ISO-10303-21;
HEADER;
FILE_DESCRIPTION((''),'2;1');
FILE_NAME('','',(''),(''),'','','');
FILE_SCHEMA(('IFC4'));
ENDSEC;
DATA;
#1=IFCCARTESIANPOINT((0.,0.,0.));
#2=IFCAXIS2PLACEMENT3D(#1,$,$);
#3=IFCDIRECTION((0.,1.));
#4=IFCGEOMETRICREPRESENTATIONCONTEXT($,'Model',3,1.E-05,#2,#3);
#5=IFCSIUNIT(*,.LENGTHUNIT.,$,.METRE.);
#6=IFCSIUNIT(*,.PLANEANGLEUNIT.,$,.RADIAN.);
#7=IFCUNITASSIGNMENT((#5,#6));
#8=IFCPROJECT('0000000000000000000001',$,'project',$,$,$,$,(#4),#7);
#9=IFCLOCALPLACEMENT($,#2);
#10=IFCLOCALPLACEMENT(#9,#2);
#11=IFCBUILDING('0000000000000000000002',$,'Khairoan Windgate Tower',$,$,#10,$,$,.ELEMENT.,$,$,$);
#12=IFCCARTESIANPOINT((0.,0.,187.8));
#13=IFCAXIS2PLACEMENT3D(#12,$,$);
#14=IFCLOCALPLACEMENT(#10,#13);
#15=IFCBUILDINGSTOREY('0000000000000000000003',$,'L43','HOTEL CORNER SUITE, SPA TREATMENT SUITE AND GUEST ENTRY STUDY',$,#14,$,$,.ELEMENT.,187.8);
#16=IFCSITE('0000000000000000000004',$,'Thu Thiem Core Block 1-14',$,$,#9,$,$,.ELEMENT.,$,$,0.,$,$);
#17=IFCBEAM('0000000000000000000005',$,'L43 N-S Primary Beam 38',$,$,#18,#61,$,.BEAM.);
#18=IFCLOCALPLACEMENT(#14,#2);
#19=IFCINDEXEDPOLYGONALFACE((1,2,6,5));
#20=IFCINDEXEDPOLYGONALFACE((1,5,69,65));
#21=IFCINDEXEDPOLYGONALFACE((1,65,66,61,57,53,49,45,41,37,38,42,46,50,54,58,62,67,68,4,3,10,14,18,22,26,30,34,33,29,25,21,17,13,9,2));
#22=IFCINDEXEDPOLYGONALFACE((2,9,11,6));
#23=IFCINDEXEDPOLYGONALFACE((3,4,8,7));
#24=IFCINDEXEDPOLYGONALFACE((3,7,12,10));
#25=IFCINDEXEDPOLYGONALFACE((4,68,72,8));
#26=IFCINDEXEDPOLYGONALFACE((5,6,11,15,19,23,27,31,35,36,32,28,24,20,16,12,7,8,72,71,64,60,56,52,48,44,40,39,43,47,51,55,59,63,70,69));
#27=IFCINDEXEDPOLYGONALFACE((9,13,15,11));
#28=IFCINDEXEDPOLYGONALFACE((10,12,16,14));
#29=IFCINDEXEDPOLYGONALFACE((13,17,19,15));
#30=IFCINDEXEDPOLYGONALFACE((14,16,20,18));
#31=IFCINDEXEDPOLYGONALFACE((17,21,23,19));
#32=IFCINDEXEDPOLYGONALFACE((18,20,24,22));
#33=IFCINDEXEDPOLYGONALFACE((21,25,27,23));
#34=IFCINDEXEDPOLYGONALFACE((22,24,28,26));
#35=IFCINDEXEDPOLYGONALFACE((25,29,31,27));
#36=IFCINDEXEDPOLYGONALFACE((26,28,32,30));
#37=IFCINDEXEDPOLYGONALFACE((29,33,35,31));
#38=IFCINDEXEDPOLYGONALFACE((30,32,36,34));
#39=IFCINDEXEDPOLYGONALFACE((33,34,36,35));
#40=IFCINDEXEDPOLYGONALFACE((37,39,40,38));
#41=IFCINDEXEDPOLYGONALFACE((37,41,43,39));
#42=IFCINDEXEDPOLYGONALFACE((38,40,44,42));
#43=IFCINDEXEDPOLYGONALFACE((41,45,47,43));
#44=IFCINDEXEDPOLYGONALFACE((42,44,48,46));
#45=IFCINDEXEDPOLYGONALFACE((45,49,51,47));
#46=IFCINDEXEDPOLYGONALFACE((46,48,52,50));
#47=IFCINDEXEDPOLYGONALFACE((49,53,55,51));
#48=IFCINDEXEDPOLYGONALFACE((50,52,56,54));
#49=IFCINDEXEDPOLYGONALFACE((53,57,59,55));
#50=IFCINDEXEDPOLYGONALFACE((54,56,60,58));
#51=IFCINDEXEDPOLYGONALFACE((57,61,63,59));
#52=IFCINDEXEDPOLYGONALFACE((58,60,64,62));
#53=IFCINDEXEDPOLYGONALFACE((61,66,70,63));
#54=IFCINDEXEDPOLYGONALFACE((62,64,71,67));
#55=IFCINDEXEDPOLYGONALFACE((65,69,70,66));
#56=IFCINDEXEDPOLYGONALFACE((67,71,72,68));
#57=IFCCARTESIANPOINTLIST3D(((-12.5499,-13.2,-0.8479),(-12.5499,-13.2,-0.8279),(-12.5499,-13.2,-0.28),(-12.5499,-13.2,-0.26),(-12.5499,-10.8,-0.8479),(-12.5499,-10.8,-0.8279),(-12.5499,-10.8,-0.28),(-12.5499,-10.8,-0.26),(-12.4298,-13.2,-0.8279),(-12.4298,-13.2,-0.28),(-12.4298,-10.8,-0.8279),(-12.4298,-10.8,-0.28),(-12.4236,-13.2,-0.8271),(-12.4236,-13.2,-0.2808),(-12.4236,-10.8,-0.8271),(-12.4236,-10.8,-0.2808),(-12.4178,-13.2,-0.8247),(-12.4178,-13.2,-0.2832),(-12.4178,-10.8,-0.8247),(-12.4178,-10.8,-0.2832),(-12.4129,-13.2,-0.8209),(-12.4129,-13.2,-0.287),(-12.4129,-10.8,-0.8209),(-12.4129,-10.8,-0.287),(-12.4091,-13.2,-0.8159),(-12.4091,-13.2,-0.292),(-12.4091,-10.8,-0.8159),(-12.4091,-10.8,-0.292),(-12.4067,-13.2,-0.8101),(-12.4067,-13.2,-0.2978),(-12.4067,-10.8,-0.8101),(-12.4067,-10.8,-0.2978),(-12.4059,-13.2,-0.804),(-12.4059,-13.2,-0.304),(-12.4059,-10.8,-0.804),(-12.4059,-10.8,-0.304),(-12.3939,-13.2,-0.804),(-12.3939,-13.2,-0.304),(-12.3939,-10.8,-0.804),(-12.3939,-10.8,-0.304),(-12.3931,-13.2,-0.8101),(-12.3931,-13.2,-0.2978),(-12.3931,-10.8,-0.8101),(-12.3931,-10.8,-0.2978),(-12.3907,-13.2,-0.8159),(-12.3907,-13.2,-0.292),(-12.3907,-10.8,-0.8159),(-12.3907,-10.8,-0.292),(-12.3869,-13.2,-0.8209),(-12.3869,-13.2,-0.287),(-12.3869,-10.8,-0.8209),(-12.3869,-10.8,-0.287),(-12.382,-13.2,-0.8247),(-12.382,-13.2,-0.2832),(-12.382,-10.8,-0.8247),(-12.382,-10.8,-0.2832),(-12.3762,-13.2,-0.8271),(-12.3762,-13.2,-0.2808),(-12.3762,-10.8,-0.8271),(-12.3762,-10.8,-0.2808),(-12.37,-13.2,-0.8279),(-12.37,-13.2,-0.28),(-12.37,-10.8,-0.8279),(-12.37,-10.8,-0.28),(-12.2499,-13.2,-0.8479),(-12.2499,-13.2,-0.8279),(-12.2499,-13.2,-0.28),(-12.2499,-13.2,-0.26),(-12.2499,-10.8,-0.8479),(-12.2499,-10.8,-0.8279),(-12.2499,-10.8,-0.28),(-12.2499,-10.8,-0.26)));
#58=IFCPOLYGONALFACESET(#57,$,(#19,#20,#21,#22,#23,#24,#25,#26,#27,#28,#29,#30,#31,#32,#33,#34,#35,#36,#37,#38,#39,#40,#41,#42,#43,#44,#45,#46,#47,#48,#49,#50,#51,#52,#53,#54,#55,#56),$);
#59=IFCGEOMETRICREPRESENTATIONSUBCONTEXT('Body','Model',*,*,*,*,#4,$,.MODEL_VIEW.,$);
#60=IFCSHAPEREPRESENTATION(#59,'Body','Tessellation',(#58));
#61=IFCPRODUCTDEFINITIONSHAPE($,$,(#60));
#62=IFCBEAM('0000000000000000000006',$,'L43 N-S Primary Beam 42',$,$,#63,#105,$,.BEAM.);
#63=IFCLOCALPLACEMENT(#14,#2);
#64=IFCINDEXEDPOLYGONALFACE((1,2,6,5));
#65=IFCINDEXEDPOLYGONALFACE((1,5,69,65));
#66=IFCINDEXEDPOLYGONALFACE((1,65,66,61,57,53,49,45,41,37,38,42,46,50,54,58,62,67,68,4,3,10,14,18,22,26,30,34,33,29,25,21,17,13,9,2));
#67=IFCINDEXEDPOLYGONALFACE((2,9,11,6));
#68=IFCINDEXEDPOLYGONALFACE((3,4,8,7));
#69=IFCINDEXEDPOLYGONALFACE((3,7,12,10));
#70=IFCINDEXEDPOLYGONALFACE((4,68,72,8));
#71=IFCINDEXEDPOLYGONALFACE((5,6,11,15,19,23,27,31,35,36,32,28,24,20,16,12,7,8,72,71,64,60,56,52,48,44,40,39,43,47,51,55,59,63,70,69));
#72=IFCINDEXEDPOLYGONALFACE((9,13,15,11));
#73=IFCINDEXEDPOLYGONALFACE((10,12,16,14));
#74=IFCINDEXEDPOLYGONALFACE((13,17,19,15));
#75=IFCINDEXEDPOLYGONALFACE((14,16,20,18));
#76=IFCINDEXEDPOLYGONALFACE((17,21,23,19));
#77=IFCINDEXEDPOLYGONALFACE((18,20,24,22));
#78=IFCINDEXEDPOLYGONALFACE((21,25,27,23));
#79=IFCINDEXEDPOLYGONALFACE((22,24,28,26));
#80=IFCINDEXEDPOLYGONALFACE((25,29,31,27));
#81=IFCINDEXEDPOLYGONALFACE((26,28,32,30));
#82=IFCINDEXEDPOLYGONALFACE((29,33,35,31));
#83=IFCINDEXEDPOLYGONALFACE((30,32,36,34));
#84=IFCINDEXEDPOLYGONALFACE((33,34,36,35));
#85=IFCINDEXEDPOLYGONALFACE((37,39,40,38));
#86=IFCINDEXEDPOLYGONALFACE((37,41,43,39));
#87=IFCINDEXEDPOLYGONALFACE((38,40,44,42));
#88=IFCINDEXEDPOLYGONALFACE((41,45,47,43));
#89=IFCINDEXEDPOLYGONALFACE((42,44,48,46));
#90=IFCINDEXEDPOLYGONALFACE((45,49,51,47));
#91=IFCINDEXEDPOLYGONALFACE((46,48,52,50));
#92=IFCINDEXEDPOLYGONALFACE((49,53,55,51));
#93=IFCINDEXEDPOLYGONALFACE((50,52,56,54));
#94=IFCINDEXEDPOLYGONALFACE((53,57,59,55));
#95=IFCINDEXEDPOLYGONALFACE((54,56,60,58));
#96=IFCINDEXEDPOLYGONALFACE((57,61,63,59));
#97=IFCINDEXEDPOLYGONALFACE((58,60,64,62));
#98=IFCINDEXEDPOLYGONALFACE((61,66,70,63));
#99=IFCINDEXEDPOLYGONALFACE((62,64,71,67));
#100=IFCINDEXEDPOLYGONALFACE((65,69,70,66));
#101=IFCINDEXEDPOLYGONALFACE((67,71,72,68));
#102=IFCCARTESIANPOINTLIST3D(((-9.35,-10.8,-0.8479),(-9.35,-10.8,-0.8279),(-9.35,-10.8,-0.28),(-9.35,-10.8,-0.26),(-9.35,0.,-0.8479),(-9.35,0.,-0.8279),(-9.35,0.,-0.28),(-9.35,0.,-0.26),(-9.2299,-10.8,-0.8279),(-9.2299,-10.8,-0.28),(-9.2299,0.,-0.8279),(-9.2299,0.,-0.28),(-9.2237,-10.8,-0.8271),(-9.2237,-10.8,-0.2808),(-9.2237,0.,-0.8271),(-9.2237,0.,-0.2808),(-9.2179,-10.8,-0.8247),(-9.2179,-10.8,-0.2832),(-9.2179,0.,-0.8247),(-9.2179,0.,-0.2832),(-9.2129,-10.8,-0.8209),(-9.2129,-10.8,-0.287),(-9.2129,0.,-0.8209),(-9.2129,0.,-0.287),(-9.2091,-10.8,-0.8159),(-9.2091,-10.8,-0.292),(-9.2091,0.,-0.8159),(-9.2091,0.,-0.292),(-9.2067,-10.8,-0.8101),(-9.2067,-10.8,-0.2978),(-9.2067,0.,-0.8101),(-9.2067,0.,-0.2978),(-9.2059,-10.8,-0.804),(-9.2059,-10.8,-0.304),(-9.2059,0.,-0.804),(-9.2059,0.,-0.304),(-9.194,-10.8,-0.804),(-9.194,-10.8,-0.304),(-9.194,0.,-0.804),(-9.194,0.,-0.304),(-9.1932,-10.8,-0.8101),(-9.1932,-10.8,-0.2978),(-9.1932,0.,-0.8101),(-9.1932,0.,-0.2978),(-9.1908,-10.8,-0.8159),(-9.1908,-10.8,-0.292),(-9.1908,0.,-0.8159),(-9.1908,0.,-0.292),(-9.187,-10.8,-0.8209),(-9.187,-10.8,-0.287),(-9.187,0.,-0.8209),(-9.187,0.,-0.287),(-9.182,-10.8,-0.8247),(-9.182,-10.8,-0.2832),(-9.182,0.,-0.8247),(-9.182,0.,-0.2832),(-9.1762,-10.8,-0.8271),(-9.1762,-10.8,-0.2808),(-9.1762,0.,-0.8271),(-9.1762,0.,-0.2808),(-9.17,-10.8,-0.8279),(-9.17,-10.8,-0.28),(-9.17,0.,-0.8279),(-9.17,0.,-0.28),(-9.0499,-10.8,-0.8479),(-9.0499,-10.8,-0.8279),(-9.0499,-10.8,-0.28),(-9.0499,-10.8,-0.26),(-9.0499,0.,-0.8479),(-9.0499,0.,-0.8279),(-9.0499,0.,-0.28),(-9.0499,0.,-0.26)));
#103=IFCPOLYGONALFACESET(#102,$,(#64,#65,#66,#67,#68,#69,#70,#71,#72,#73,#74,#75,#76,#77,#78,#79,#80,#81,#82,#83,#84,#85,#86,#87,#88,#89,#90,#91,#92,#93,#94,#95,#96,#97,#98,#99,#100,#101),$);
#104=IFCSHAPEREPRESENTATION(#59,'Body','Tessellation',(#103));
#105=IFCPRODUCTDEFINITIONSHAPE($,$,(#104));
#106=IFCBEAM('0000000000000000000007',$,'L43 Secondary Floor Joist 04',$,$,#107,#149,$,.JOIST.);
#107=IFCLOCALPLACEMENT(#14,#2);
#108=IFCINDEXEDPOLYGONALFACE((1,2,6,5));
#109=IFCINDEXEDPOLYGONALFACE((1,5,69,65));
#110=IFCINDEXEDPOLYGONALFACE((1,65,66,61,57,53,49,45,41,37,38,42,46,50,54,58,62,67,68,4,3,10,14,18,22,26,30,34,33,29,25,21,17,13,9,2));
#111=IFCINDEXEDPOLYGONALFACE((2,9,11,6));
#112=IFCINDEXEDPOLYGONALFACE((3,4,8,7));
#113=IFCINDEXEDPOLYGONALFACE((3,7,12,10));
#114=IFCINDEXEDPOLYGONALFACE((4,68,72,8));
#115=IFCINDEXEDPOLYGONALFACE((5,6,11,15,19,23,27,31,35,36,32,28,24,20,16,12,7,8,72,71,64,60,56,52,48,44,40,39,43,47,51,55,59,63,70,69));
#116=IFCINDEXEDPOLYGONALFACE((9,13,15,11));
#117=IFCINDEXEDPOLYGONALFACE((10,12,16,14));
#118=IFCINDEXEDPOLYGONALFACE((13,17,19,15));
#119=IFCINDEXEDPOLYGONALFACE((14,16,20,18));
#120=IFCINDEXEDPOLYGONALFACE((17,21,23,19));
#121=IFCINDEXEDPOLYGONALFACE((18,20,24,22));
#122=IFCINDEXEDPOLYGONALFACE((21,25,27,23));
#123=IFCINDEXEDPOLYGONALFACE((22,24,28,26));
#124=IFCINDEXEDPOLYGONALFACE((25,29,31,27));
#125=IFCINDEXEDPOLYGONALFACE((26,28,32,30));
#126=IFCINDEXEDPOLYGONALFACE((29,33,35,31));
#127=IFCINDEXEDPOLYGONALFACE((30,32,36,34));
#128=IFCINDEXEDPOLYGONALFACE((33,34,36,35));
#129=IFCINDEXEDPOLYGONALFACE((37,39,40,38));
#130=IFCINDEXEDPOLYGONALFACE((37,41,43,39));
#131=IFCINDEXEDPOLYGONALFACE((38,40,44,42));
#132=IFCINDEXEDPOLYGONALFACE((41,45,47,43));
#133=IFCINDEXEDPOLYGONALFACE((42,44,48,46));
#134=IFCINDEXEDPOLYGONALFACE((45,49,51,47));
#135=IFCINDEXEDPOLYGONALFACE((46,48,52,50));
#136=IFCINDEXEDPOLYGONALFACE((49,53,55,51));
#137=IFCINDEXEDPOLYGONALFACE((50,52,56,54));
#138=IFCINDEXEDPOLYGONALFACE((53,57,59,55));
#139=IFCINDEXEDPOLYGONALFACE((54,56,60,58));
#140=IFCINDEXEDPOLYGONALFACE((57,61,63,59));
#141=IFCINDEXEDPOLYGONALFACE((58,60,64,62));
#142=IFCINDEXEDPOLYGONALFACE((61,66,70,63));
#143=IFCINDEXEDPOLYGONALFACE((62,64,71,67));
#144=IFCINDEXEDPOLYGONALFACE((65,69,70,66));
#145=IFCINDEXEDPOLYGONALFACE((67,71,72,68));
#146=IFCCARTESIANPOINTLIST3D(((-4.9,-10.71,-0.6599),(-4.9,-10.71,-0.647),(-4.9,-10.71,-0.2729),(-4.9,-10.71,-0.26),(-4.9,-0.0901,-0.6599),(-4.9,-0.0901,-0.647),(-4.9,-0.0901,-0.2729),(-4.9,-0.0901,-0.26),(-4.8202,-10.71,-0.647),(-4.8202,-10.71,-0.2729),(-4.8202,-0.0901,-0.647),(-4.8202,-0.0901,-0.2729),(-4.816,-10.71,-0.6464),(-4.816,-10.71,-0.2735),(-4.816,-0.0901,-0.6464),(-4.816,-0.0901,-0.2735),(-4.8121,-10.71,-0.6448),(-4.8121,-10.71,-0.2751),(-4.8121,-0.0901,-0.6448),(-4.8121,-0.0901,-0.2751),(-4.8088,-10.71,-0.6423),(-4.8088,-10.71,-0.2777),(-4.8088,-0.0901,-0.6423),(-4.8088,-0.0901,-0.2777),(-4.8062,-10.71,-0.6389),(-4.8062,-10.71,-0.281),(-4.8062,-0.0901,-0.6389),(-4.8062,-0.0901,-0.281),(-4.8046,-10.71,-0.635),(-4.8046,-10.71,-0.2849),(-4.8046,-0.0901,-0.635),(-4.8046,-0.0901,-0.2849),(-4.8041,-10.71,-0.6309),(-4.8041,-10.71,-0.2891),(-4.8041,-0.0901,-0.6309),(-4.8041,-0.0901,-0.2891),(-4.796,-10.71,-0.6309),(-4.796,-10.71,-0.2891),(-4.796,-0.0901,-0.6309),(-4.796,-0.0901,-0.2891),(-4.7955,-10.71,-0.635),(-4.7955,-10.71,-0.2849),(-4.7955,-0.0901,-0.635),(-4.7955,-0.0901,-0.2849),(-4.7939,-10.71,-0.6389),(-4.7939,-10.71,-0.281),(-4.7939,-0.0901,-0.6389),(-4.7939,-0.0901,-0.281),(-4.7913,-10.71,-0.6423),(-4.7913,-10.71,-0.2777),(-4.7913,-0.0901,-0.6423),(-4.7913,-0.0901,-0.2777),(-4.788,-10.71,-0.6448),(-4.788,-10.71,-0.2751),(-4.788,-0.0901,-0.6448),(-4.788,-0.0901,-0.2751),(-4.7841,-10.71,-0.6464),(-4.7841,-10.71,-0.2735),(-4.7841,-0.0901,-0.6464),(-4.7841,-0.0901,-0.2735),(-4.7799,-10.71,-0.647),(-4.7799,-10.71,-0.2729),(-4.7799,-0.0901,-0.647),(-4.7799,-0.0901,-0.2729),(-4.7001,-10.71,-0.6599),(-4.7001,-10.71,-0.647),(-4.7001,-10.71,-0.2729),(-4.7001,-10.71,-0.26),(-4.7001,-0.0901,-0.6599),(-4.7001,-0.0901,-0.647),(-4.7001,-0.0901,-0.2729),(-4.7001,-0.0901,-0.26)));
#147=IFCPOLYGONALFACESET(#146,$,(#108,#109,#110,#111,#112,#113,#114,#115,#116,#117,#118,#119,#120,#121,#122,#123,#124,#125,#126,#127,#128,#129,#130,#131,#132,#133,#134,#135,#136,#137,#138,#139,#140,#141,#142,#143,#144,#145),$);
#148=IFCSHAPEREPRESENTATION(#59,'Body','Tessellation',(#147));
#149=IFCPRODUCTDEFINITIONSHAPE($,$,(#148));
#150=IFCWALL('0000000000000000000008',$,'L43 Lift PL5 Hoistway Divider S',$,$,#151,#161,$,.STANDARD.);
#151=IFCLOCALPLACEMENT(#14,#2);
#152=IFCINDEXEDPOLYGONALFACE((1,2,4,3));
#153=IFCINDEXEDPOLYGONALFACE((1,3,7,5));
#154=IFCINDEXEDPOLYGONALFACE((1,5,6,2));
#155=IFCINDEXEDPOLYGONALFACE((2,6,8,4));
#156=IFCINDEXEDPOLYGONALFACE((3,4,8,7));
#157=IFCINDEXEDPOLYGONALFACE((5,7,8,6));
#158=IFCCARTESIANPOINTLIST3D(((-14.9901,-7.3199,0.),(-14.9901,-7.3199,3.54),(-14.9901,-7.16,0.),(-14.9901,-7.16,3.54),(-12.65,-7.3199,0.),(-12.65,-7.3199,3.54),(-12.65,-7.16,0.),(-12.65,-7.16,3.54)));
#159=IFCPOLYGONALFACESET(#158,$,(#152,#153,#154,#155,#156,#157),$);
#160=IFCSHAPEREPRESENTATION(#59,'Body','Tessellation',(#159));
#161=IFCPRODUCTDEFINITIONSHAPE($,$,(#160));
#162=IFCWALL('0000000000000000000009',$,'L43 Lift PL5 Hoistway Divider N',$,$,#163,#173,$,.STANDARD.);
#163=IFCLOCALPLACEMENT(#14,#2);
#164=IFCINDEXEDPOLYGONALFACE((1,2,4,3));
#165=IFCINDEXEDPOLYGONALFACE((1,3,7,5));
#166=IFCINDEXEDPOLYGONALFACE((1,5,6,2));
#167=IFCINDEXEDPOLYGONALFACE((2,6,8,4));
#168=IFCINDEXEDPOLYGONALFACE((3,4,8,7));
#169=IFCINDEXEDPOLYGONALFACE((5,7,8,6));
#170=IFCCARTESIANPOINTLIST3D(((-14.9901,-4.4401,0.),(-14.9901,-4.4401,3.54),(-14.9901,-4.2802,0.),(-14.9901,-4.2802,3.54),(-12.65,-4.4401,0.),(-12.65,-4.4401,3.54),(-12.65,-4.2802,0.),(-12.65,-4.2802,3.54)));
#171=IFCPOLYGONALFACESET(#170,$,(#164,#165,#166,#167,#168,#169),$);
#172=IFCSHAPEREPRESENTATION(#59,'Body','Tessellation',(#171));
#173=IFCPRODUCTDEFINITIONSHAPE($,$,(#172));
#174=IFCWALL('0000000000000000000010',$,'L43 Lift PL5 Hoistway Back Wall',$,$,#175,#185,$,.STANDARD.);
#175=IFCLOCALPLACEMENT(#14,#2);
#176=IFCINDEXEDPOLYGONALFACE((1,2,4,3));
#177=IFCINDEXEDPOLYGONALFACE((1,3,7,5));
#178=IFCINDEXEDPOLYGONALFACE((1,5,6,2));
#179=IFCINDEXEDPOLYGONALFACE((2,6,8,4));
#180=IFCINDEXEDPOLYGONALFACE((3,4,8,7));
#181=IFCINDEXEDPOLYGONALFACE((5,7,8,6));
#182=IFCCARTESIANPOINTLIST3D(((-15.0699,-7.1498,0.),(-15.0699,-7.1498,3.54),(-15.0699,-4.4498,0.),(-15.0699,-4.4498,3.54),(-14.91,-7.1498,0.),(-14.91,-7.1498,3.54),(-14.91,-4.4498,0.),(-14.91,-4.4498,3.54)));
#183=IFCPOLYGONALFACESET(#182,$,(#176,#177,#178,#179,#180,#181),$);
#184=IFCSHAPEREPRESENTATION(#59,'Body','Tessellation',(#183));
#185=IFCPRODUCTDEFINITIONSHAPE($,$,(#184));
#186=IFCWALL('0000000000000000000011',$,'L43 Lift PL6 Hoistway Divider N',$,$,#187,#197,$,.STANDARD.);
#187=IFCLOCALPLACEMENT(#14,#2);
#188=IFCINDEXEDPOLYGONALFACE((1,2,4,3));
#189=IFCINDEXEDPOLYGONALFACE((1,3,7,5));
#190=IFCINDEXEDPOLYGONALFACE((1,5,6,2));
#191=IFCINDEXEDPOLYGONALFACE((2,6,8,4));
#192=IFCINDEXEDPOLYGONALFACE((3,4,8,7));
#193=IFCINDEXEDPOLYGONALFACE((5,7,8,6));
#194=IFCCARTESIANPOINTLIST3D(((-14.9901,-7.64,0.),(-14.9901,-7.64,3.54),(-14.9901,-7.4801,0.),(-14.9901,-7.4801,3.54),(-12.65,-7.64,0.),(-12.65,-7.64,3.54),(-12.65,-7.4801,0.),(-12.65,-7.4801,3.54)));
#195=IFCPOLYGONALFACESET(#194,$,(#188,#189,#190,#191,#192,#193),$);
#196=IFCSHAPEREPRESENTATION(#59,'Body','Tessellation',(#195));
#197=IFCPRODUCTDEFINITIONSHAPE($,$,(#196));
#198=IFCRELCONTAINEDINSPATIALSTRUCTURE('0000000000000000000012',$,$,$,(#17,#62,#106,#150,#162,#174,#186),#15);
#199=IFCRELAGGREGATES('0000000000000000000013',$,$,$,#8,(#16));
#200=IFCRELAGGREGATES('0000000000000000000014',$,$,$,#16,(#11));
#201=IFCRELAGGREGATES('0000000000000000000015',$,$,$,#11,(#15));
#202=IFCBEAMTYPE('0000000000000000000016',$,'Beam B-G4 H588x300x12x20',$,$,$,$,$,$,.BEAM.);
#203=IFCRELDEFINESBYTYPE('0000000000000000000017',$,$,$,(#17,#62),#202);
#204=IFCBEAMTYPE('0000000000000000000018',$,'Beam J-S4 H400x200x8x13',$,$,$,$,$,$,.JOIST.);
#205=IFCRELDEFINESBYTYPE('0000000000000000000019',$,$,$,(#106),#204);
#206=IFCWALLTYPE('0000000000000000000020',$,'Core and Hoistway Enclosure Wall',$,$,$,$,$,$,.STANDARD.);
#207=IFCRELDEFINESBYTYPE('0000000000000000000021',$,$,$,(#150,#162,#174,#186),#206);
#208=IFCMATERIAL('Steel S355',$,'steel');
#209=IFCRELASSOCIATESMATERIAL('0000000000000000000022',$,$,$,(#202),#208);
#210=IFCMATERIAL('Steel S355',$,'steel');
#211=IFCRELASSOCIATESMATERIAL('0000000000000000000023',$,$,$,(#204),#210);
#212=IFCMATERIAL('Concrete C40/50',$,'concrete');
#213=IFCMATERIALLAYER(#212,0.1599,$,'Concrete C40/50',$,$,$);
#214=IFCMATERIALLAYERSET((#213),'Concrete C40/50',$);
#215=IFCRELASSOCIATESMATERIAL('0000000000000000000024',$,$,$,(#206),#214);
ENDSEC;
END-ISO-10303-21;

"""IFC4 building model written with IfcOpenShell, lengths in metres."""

from ifc_helpers import new_model, si_unit, direction, frame, frame_2d, origin, origin_2d, place, context, subcontext, project, spatial, rectangle, i_section, extrude, material, layer, layer_set, material_profile, profile_set, type_object, element, save


model = new_model("IFC4")

# Units and contexts
model_context = context("Model", 3, precision=1e-05, world=origin(), true_north=direction((0.0, 1.0)))
body_context = subcontext(model_context, "Body", "Model", "MODEL_VIEW")
ifc_project = project(units=[si_unit("LENGTHUNIT", "METRE"), si_unit("PLANEANGLEUNIT", "RADIAN")], contexts=[model_context])

# Site, building, storey
site_placement = place(None, origin())
site = spatial("IfcSite", under=ifc_project, at=site_placement, Name="Thu Thiem Core Block 1-14", CompositionType="ELEMENT", RefElevation=0.0)
building_placement = place(site_placement, origin())
building = spatial("IfcBuilding", under=site, at=building_placement, Name="Khairoan Windgate Tower", CompositionType="ELEMENT")
storey_placement = place(building_placement, frame((0.0, 0.0, 187.8)))
storey = spatial("IfcBuildingStorey", under=building, at=storey_placement, Name="L43", Description="HOTEL CORNER SUITE, SPA TREATMENT SUITE AND GUEST ENTRY STUDY", CompositionType="ELEMENT", Elevation=187.8)

# Beams
ifc_material_1 = material(Name="Steel S355", Category="steel")
ifc_material_profile_1 = material_profile(ifc_material_1, i_section(OverallWidth=0.3, OverallDepth=0.5879, WebThickness=0.012, FlangeThickness=0.02, FilletRadius=0.0239, at=origin_2d()))
ifc_profile_set_1 = profile_set([ifc_material_profile_1], Name="Steel S355")
beam_type_1 = type_object("IfcBeamType", Name="Beam B-G4 H588x300x12x20", PredefinedType="BEAM", material=ifc_profile_set_1)
beam_1_placement = place(storey_placement, frame((-12.3999, -13.2, -0.554), z_axis=(0.0, 1.0, 0.0), x_axis=(-1.0, 0.0, 0.0)))
element("IfcBeam", 1, at=beam_1_placement, inside=storey, type_object=beam_type_1, Name="L43 N-S Primary Beam 38", PredefinedType="BEAM", context=body_context, shape_type="SweptSolid", body=[
    extrude(i_section(OverallWidth=0.3, OverallDepth=0.5879, WebThickness=0.012, FlangeThickness=0.02, FilletRadius=0.0239, at=origin_2d()), origin(), (0.0, 0.0, 1.0), 2.3999),
])
beam_2_placement = place(storey_placement, frame((-9.2, -10.8, -0.554), z_axis=(0.0, 1.0, 0.0), x_axis=(-1.0, 0.0, 0.0)))
element("IfcBeam", 2, at=beam_2_placement, inside=storey, type_object=beam_type_1, Name="L43 N-S Primary Beam 42", PredefinedType="BEAM", context=body_context, shape_type="SweptSolid", body=[
    extrude(i_section(OverallWidth=0.3, OverallDepth=0.5879, WebThickness=0.012, FlangeThickness=0.02, FilletRadius=0.0239, at=origin_2d()), origin(), (0.0, 0.0, 1.0), 10.8),
])
ifc_material_2 = material(Name="Steel S355", Category="steel")
ifc_material_profile_2 = material_profile(ifc_material_2, i_section(OverallWidth=0.2, OverallDepth=0.3999, WebThickness=0.0081, FlangeThickness=0.0129, FilletRadius=0.0161, at=origin_2d()))
ifc_profile_set_2 = profile_set([ifc_material_profile_2], Name="Steel S355")
beam_type_2 = type_object("IfcBeamType", Name="Beam J-S4 H400x200x8x13", PredefinedType="JOIST", material=ifc_profile_set_2)
beam_3_placement = place(storey_placement, frame((-4.8, -10.71, -0.46), z_axis=(0.0, 1.0, 0.0), x_axis=(-1.0, 0.0, 0.0)))
element("IfcBeam", 3, at=beam_3_placement, inside=storey, type_object=beam_type_2, Name="L43 Secondary Floor Joist 04", PredefinedType="JOIST", context=body_context, shape_type="SweptSolid", body=[
    extrude(i_section(OverallWidth=0.2, OverallDepth=0.3999, WebThickness=0.0081, FlangeThickness=0.0129, FilletRadius=0.0161, at=origin_2d()), origin(), (0.0, 0.0, 1.0), 10.6199),
])

# Walls
ifc_material_3 = material(Name="Concrete C40/50", Category="concrete")
ifc_layer_1 = layer(ifc_material_3, 0.1599, Name="Concrete C40/50")
ifc_layer_set_1 = layer_set([ifc_layer_1], Name="Concrete C40/50")
wall_type_1 = type_object("IfcWallType", Name="Core and Hoistway Enclosure Wall", PredefinedType="STANDARD", material=ifc_layer_set_1)
for number, where, z_axis, x_axis, name in (
    (4, (-14.99, -7.24, 0.0), (0.0, 0.0, 1.0), (1.0, 0.0, 0.0), "L43 Lift PL5 Hoistway Divider S"),
    (5, (-14.99, -4.3601, 0.0), (0.0, 0.0, 1.0), (1.0, 0.0, 0.0), "L43 Lift PL5 Hoistway Divider N"),
):
    element("IfcWall", number, at=place(storey_placement, frame(where, z_axis=z_axis, x_axis=x_axis)), inside=storey, type_object=wall_type_1, Name=name, PredefinedType="STANDARD", context=body_context, shape_type="SweptSolid", body=[
        extrude(rectangle(XDim=2.3401, YDim=0.1599, at=frame_2d((1.1699, 0.0))), origin(), (0.0, 0.0, 1.0), 3.54),
    ])
wall_1_placement = place(storey_placement, frame((-14.99, -7.1499, 0.0), z_axis=(0.0, 0.0, 1.0), x_axis=(0.0, 1.0, 0.0)))
element("IfcWall", 6, at=wall_1_placement, inside=storey, type_object=wall_type_1, Name="L43 Lift PL5 Hoistway Back Wall", PredefinedType="STANDARD", context=body_context, shape_type="SweptSolid", body=[
    extrude(rectangle(XDim=2.7, YDim=0.1599, at=frame_2d((1.3501, 0.0))), origin(), (0.0, 0.0, 1.0), 3.54),
])
wall_2_placement = place(storey_placement, frame((-14.99, -7.5601, 0.0), z_axis=(0.0, 0.0, 1.0), x_axis=(1.0, 0.0, 0.0)))
element("IfcWall", 7, at=wall_2_placement, inside=storey, type_object=wall_type_1, Name="L43 Lift PL6 Hoistway Divider N", PredefinedType="STANDARD", context=body_context, shape_type="SweptSolid", body=[
    extrude(rectangle(XDim=2.3401, YDim=0.1599, at=frame_2d((1.1699, 0.0))), origin(), (0.0, 0.0, 1.0), 3.54),
])

save(model, "model.ifc")
